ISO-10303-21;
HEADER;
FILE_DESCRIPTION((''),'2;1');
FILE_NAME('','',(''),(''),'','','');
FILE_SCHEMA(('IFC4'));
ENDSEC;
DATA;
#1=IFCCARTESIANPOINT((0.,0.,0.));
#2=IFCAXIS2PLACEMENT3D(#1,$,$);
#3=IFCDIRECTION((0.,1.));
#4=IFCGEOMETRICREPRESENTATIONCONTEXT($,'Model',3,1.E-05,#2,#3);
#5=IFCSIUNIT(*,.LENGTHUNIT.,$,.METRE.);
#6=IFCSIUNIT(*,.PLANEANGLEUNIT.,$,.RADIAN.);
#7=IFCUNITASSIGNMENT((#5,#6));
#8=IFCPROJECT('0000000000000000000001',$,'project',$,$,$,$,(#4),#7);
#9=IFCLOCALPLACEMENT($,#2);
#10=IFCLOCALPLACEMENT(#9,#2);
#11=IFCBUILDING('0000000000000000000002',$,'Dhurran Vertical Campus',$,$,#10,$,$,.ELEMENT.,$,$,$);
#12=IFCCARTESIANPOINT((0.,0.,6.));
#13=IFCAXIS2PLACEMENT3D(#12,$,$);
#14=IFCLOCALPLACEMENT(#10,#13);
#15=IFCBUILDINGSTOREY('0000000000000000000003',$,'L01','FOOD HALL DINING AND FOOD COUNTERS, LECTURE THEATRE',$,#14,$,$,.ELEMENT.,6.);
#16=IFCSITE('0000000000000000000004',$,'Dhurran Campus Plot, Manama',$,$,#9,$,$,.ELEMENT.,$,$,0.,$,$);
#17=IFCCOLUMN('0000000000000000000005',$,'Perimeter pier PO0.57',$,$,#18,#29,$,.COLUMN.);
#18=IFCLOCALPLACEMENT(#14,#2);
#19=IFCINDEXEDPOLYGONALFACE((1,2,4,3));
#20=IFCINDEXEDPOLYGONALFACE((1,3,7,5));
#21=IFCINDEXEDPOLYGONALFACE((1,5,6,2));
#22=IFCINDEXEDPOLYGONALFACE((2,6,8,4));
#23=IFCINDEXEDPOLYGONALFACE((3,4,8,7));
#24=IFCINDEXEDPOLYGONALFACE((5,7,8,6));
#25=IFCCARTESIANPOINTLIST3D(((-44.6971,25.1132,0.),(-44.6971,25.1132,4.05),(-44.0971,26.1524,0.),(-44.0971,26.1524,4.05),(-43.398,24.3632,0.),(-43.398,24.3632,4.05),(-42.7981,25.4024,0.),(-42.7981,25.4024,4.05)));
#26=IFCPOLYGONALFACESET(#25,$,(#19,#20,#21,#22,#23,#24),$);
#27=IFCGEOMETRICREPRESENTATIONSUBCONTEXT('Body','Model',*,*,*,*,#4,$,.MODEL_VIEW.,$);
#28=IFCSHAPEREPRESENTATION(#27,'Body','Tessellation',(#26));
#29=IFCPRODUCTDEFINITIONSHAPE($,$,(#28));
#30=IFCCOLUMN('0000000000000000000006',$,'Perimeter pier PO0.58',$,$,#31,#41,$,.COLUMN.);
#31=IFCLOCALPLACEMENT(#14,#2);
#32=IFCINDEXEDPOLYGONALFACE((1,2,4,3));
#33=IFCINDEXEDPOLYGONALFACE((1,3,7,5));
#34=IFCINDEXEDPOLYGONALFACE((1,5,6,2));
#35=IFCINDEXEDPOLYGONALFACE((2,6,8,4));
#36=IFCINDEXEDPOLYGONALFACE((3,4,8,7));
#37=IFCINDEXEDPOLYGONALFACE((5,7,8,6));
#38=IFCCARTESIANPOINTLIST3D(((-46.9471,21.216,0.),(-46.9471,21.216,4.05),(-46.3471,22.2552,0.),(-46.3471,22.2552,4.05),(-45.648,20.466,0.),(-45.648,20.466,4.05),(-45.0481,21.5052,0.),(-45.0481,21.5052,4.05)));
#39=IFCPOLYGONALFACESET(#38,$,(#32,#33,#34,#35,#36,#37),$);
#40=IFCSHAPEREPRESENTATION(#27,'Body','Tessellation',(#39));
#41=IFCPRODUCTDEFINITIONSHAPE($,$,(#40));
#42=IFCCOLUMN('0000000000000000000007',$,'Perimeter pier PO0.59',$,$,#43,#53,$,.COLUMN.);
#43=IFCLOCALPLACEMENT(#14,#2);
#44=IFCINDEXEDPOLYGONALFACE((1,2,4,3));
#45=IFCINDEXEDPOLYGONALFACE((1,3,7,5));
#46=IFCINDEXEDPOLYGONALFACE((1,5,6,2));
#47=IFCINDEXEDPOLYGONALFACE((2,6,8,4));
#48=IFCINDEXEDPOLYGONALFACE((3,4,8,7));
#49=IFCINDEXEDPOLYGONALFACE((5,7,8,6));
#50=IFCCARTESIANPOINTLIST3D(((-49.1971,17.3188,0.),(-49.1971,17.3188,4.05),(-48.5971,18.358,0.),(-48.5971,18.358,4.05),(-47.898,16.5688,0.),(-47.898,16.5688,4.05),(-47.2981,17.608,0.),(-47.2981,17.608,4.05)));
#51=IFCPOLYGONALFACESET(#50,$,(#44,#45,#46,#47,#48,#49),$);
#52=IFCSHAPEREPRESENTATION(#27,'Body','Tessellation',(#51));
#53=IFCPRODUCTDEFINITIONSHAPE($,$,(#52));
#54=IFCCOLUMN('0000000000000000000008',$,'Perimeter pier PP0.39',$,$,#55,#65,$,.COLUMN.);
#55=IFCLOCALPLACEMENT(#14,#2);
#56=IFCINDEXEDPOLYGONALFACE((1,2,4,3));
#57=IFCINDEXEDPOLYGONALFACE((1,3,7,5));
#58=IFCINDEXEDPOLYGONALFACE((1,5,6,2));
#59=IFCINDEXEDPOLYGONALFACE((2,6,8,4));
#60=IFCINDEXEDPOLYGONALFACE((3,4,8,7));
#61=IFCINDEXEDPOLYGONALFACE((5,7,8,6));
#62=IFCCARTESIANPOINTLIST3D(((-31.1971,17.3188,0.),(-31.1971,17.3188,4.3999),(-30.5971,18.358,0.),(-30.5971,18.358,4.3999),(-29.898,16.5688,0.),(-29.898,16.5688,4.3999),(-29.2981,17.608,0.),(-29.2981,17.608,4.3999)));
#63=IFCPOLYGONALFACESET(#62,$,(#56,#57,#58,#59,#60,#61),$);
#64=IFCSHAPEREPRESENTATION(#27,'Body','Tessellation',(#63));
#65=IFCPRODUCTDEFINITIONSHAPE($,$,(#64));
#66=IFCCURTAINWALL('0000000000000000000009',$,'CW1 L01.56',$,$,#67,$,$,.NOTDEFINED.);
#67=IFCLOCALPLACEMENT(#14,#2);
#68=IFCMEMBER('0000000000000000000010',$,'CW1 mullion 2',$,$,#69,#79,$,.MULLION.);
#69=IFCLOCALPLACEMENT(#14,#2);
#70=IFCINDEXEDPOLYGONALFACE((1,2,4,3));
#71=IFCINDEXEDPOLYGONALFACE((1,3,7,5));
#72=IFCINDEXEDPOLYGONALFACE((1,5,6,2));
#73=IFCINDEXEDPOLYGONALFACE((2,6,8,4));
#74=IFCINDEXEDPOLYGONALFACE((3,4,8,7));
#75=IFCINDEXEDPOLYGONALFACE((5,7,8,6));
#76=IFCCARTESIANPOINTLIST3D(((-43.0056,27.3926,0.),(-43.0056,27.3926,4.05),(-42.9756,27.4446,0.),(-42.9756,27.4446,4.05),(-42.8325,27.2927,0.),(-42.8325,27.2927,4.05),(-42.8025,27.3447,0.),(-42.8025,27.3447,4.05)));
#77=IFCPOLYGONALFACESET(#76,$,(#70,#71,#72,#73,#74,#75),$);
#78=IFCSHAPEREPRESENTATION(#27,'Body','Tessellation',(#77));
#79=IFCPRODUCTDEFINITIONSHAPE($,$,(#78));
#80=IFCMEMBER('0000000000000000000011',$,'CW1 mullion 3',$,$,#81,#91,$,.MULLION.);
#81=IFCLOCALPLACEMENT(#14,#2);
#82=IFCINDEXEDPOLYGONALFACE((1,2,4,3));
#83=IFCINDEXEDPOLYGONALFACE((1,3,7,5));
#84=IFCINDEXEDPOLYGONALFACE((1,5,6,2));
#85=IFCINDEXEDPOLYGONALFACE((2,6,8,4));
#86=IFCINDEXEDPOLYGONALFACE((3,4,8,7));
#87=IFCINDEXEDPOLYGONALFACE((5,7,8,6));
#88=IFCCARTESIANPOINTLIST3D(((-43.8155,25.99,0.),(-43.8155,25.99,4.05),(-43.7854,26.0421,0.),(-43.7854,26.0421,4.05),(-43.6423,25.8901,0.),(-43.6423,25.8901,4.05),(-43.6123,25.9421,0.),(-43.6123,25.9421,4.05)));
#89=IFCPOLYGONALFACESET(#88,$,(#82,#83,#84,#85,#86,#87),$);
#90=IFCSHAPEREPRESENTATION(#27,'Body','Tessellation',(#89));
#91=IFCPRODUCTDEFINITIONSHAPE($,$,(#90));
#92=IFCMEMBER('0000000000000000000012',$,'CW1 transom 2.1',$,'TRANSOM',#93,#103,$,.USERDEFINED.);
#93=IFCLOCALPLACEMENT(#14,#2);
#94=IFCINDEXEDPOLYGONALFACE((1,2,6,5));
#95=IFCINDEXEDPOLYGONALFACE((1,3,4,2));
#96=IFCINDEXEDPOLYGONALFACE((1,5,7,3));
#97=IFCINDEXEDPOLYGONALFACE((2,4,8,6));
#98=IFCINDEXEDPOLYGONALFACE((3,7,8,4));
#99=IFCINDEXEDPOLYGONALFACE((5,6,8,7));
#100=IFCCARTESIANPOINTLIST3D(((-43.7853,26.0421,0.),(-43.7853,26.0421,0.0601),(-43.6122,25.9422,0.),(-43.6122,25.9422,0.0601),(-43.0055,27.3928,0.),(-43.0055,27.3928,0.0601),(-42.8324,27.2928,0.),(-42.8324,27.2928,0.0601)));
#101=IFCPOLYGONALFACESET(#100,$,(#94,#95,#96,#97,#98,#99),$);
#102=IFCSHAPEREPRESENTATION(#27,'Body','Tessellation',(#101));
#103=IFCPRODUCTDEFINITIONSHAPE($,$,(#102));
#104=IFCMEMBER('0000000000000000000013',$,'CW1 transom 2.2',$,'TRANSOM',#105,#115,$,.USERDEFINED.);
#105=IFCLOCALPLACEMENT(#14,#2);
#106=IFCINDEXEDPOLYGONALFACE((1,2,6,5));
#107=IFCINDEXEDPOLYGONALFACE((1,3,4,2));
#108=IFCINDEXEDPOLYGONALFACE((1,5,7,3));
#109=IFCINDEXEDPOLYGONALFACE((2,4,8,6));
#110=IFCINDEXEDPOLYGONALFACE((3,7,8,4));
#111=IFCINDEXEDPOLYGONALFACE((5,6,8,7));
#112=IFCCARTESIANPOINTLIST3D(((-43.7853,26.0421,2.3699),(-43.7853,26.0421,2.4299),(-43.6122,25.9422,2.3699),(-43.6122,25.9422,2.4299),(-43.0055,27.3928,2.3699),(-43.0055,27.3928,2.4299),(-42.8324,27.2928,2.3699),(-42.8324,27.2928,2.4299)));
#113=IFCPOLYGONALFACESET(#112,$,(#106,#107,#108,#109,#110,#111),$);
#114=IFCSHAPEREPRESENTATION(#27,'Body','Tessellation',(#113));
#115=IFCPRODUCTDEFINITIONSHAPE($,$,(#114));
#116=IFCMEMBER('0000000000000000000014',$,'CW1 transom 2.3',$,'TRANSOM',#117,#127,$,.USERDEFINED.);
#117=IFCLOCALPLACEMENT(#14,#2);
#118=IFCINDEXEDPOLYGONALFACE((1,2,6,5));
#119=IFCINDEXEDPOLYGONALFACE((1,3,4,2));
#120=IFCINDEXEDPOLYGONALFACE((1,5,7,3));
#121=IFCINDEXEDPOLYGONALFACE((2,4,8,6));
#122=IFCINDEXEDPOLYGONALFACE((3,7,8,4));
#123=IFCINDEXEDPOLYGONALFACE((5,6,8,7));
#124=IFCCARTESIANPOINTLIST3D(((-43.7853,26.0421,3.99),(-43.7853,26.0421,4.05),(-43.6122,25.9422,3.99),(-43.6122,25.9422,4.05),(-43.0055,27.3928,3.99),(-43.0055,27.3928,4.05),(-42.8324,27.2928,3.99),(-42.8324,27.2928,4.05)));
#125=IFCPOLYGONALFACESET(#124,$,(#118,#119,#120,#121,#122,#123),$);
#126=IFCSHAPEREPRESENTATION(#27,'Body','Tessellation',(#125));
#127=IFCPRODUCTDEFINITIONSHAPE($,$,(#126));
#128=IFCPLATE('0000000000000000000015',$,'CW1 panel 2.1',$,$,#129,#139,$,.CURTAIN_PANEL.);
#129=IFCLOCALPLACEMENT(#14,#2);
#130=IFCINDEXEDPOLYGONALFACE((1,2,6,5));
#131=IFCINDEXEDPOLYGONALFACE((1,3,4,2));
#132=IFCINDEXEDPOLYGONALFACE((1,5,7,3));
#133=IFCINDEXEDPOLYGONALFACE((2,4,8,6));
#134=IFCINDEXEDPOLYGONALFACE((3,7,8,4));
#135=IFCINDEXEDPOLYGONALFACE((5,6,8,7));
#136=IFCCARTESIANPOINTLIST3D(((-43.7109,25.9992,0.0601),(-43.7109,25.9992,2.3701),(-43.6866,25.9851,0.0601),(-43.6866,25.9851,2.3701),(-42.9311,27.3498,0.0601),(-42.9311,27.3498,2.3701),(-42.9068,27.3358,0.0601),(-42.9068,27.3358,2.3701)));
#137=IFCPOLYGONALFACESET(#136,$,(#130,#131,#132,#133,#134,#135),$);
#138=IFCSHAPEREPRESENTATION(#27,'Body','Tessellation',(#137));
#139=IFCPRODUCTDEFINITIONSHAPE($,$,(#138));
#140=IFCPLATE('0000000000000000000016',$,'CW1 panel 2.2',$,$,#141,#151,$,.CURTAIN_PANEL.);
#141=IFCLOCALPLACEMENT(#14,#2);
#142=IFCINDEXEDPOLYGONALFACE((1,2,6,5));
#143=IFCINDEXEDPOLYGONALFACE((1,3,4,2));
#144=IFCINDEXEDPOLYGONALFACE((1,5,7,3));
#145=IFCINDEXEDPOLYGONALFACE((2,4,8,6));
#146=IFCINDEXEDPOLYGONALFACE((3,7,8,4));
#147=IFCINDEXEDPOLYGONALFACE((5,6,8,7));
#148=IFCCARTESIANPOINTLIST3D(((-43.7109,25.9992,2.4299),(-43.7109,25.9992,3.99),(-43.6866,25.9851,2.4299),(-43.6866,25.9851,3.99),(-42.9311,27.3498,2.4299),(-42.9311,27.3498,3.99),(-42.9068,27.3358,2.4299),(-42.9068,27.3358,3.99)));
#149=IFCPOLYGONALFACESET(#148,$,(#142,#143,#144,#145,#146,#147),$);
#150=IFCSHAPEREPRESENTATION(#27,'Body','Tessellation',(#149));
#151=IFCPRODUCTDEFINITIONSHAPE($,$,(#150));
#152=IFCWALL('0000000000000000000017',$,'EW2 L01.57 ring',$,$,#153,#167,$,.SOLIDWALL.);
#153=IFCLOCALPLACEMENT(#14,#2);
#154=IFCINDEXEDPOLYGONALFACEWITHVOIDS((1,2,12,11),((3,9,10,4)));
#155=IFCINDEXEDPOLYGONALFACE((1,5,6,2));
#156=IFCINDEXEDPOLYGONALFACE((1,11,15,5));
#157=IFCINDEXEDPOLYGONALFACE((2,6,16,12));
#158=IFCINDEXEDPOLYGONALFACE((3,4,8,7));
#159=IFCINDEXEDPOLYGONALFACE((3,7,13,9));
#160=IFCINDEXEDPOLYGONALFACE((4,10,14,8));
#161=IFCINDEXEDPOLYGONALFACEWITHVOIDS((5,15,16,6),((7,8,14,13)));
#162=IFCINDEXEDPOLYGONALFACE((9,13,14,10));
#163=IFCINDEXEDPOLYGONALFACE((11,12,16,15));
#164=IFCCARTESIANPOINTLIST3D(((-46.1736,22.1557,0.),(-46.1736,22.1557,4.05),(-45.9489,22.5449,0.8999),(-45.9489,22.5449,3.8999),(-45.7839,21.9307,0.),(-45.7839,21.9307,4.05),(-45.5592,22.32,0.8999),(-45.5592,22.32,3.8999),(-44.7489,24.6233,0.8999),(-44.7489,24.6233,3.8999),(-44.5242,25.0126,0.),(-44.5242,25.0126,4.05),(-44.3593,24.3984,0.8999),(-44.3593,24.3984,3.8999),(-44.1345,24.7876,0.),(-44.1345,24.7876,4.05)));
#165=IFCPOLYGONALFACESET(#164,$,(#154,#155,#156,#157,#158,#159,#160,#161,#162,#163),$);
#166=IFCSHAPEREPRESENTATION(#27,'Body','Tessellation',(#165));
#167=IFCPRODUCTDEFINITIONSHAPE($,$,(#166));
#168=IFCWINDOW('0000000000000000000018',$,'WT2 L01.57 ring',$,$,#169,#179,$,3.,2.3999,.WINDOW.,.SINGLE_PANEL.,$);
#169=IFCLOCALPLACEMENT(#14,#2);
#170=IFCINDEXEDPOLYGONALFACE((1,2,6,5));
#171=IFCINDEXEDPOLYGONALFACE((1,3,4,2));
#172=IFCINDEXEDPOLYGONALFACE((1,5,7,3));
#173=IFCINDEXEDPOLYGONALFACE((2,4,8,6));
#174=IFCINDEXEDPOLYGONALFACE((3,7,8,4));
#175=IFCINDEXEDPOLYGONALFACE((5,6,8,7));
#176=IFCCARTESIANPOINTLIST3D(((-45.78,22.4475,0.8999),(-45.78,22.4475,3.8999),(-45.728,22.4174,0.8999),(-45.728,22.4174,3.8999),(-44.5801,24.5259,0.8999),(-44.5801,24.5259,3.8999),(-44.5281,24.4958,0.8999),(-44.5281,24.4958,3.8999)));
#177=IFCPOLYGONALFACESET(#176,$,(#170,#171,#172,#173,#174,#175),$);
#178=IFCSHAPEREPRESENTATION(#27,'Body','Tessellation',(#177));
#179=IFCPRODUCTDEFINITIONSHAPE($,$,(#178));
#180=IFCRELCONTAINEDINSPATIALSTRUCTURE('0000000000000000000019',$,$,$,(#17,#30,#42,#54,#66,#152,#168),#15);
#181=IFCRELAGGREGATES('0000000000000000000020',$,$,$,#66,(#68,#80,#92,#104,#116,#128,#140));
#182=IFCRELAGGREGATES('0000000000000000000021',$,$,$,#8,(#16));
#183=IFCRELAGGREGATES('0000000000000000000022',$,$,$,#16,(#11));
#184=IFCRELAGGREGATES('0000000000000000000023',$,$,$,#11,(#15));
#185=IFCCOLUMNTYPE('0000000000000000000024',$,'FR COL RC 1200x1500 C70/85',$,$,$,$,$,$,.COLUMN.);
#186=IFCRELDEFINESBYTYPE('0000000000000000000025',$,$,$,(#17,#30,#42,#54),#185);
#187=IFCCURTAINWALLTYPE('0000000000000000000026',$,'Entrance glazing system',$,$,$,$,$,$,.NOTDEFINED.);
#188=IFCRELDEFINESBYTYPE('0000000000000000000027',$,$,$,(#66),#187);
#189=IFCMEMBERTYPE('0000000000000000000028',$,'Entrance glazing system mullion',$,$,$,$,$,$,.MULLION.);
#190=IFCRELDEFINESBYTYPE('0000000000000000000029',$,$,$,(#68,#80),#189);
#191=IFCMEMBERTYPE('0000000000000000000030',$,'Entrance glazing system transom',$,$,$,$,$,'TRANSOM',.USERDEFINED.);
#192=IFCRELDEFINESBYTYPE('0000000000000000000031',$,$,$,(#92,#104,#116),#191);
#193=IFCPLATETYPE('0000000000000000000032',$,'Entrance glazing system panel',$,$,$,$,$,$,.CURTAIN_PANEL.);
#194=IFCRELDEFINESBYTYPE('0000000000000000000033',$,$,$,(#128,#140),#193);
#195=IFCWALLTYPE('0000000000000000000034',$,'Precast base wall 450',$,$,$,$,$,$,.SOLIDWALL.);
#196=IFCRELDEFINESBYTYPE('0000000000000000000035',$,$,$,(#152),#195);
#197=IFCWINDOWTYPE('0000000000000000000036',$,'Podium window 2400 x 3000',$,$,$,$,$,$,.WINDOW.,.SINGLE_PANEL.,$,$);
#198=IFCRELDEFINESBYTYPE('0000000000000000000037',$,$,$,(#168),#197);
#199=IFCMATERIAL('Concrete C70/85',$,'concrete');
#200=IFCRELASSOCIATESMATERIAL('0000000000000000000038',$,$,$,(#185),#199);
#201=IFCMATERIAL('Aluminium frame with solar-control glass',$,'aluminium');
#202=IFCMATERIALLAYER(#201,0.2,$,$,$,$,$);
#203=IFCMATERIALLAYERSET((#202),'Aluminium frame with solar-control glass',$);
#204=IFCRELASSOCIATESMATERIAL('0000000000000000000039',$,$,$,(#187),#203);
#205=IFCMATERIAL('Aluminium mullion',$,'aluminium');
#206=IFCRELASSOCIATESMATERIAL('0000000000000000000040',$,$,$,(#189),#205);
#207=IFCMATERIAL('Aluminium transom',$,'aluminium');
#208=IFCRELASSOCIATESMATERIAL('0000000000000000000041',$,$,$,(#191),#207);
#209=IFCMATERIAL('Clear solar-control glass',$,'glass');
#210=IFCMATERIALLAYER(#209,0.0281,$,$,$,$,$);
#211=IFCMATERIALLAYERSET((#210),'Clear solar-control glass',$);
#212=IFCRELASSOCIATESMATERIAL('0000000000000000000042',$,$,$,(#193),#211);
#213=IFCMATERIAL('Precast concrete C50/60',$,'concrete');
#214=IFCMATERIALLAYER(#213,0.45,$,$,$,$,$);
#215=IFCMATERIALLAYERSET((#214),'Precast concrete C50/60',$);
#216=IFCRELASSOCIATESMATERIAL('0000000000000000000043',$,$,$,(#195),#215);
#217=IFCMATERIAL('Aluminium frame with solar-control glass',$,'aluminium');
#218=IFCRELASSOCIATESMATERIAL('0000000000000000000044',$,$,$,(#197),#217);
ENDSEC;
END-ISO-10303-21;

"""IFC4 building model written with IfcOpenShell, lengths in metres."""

from ifc_helpers import new_model, si_unit, direction, frame, frame_2d, origin, origin_2d, place, context, subcontext, project, spatial, rectangle, extrude, material, layer, layer_set, material_profile, profile_set, type_object, element, fill, aggregate, save


model = new_model("IFC4")

# Units and contexts
model_context = context("Model", 3, precision=1e-05, world=origin(), true_north=direction((0.0, 1.0)))
body_context = subcontext(model_context, "Body", "Model", "MODEL_VIEW")
ifc_project = project(units=[si_unit("LENGTHUNIT", "METRE"), si_unit("PLANEANGLEUNIT", "RADIAN")], contexts=[model_context])

# Site, building, storey
site_placement = place(None, origin())
site = spatial("IfcSite", under=ifc_project, at=site_placement, Name="Dhurran Campus Plot, Manama", CompositionType="ELEMENT", RefElevation=0.0)
building_placement = place(site_placement, origin())
building = spatial("IfcBuilding", under=site, at=building_placement, Name="Dhurran Vertical Campus", CompositionType="ELEMENT")
storey_placement = place(building_placement, frame((0.0, 0.0, 6.0)))
storey = spatial("IfcBuildingStorey", under=building, at=storey_placement, Name="L01", Description="FOOD HALL DINING AND FOOD COUNTERS, LECTURE THEATRE", CompositionType="ELEMENT", Elevation=6.0)

# Columns
ifc_material_1 = material(Name="Concrete C70/85", Category="concrete")
ifc_material_profile_1 = material_profile(ifc_material_1, rectangle(XDim=1.2, YDim=1.5, at=origin_2d()), Name="RC 1200x1500")
ifc_profile_set_1 = profile_set([ifc_material_profile_1], Name="Concrete C70/85")
column_type = type_object("IfcColumnType", Name="FR COL RC 1200x1500 C70/85", PredefinedType="COLUMN", material=ifc_profile_set_1)
for number, where, z_axis, x_axis, name in (
    (1, (-43.7476, 25.2578, 0.0), (0.0, 0.0, 1.0), (-0.5, -0.866025, 0.0), "Perimeter pier PO0.57"),
    (2, (-45.9976, 21.3606, 0.0), (0.0, 0.0, 1.0), (-0.5, -0.866025, 0.0), "Perimeter pier PO0.58"),
    (3, (-48.2476, 17.4634, 0.0), (0.0, 0.0, 1.0), (-0.5, -0.866025, 0.0), "Perimeter pier PO0.59"),
):
    element("IfcColumn", number, at=place(storey_placement, frame(where, z_axis=z_axis, x_axis=x_axis)), inside=storey, type_object=column_type, Name=name, PredefinedType="COLUMN", context=body_context, shape_type="SweptSolid", body=[
        extrude(rectangle(XDim=1.2, YDim=1.5, at=origin_2d()), origin(), (0.0, 0.0, 1.0), 4.05),
    ])
column_placement = place(storey_placement, frame((-30.2476, 17.4634, 0.0), z_axis=(0.0, 0.0, 1.0), x_axis=(-0.5, -0.866025, 0.0)))
element("IfcColumn", 4, at=column_placement, inside=storey, type_object=column_type, Name="Perimeter pier PP0.39", PredefinedType="COLUMN", context=body_context, shape_type="SweptSolid", body=[
    extrude(rectangle(XDim=1.2, YDim=1.5, at=origin_2d()), origin(), (0.0, 0.0, 1.0), 4.3999),
])

# Curtain wall, members, plates
ifc_material_2 = material(Name="Aluminium frame with solar-control glass", Category="aluminium")
ifc_layer_1 = layer(ifc_material_2, 0.2)
ifc_layer_set_1 = layer_set([ifc_layer_1], Name="Aluminium frame with solar-control glass")
curtain_wall_type = type_object("IfcCurtainWallType", Name="Entrance glazing system", PredefinedType="NOTDEFINED", material=ifc_layer_set_1)
curtain_wall_placement = place(storey_placement, origin())
curtain_wall = element("IfcCurtainWall", 5, at=curtain_wall_placement, inside=storey, type_object=curtain_wall_type, Name="CW1 L01.56", PredefinedType="NOTDEFINED")
ifc_material_3 = material(Name="Aluminium mullion", Category="aluminium")
ifc_material_profile_2 = material_profile(ifc_material_3, rectangle(XDim=0.2, YDim=0.0601, at=origin_2d()), Name="Entrance glazing system mullion")
ifc_profile_set_2 = profile_set([ifc_material_profile_2], Name="Aluminium mullion")
member_type_1 = type_object("IfcMemberType", Name="Entrance glazing system mullion", PredefinedType="MULLION", material=ifc_profile_set_2)
member_1_placement = place(storey_placement, frame((-42.9041, 27.3687, 0.0), z_axis=(0.0, 0.0, 1.0), x_axis=(0.866032, -0.499989, 0.0)))
member_1 = element("IfcMember", 6, at=member_1_placement, type_object=member_type_1, Name="CW1 mullion 2", PredefinedType="MULLION", context=body_context, shape_type="SweptSolid", body=[
    extrude(rectangle(XDim=0.2, YDim=0.0601, at=origin_2d()), origin(), (0.0, 0.0, 1.0), 4.05),
])
member_2_placement = place(storey_placement, frame((-43.7139, 25.9661, 0.0), z_axis=(0.0, 0.0, 1.0), x_axis=(0.866032, -0.499989, 0.0)))
member_2 = element("IfcMember", 7, at=member_2_placement, type_object=member_type_1, Name="CW1 mullion 3", PredefinedType="MULLION", context=body_context, shape_type="SweptSolid", body=[
    extrude(rectangle(XDim=0.2, YDim=0.0601, at=origin_2d()), origin(), (0.0, 0.0, 1.0), 4.05),
])
ifc_material_4 = material(Name="Aluminium transom", Category="aluminium")
ifc_material_profile_3 = material_profile(ifc_material_4, rectangle(XDim=0.2, YDim=0.0601, at=origin_2d()), Name="Entrance glazing system transom")
ifc_profile_set_3 = profile_set([ifc_material_profile_3], Name="Aluminium transom")
member_type_2 = type_object("IfcMemberType", Name="Entrance glazing system transom", ElementType="TRANSOM", PredefinedType="USERDEFINED", material=ifc_profile_set_3)
member_3_placement = place(storey_placement, frame((-42.9189, 27.3428, 0.03), z_axis=(-0.500012, -0.866019, 0.0), x_axis=(0.866019, -0.500012, 0.0)))
member_3 = element("IfcMember", 8, at=member_3_placement, type_object=member_type_2, Name="CW1 transom 2.1", ObjectType="TRANSOM", PredefinedType="USERDEFINED", context=body_context, shape_type="SweptSolid", body=[
    extrude(rectangle(XDim=0.2, YDim=0.0601, at=origin_2d()), origin(), (0.0, 0.0, 1.0), 1.5596),
])
member_4_placement = place(storey_placement, frame((-42.9189, 27.3428, 2.3999), z_axis=(-0.500012, -0.866019, 0.0), x_axis=(0.866019, -0.500012, 0.0)))
member_4 = element("IfcMember", 9, at=member_4_placement, type_object=member_type_2, Name="CW1 transom 2.2", ObjectType="TRANSOM", PredefinedType="USERDEFINED", context=body_context, shape_type="SweptSolid", body=[
    extrude(rectangle(XDim=0.2, YDim=0.0601, at=origin_2d()), origin(), (0.0, 0.0, 1.0), 1.5596),
])
member_5_placement = place(storey_placement, frame((-42.9189, 27.3428, 4.02), z_axis=(-0.500012, -0.866019, 0.0), x_axis=(0.866019, -0.500012, 0.0)))
member_5 = element("IfcMember", 10, at=member_5_placement, type_object=member_type_2, Name="CW1 transom 2.3", ObjectType="TRANSOM", PredefinedType="USERDEFINED", context=body_context, shape_type="SweptSolid", body=[
    extrude(rectangle(XDim=0.2, YDim=0.0601, at=origin_2d()), origin(), (0.0, 0.0, 1.0), 1.5596),
])
ifc_material_5 = material(Name="Clear solar-control glass", Category="glass")
ifc_layer_2 = layer(ifc_material_5, 0.0281)
ifc_layer_set_2 = layer_set([ifc_layer_2], Name="Clear solar-control glass")
plate_type = type_object("IfcPlateType", Name="Entrance glazing system panel", PredefinedType="CURTAIN_PANEL", material=ifc_layer_set_2)
plate_1_placement = place(storey_placement, frame((-43.3088, 26.6675, 0.0601), z_axis=(0.0, 0.0, 1.0), x_axis=(-0.499989, -0.866032, 0.0)))
plate_1 = element("IfcPlate", 11, at=plate_1_placement, type_object=plate_type, Name="CW1 panel 2.1", PredefinedType="CURTAIN_PANEL", context=body_context, shape_type="SweptSolid", body=[
    extrude(rectangle(XDim=1.5596, YDim=0.0281, at=origin_2d()), origin(), (0.0, 0.0, 1.0), 2.3101),
])
plate_2_placement = place(storey_placement, frame((-43.3088, 26.6675, 2.4299), z_axis=(0.0, 0.0, 1.0), x_axis=(-0.499989, -0.866032, 0.0)))
plate_2 = element("IfcPlate", 12, at=plate_2_placement, type_object=plate_type, Name="CW1 panel 2.2", PredefinedType="CURTAIN_PANEL", context=body_context, shape_type="SweptSolid", body=[
    extrude(rectangle(XDim=1.5596, YDim=0.0281, at=origin_2d()), origin(), (0.0, 0.0, 1.0), 1.5601),
])
aggregate(curtain_wall, [member_1, member_2, member_3, member_4, member_5, plate_1, plate_2])

# Wall, opening, window
ifc_material_6 = material(Name="Precast concrete C50/60", Category="concrete")
ifc_layer_3 = layer(ifc_material_6, 0.45)
ifc_layer_set_3 = layer_set([ifc_layer_3], Name="Precast concrete C50/60")
wall_type_1 = type_object("IfcWallType", Name="Precast base wall 450", PredefinedType="SOLIDWALL", material=ifc_layer_set_3)
wall_1_placement = place(storey_placement, frame((-45.9788, 22.0432, 0.0), z_axis=(0.0, 0.0, 1.0), x_axis=(0.499992, 0.86603, 0.0)))
wall_1 = element("IfcWall", 13, at=wall_1_placement, inside=storey, type_object=wall_type_1, Name="EW2 L01.57 ring", PredefinedType="SOLIDWALL", context=body_context, shape_type="SweptSolid", body=[
    extrude(rectangle(XDim=3.2988, YDim=0.45, at=frame_2d((1.6494, 0.0))), origin(), (0.0, 0.0, 1.0), 4.05),
])
opening_1_placement = place(wall_1_placement, frame((0.4495, 0.0, 0.8999)))
opening_1 = element("IfcOpeningElement", 14, at=opening_1_placement, cuts=wall_1, PredefinedType="OPENING", context=body_context, shape_type="SweptSolid", body=[
    extrude(rectangle(XDim=2.3999, YDim=3.0, at=frame_2d((1.2, 1.5))), frame((0.0, 0.2349, 0.0), z_axis=(0.0, -1.0, 0.0), x_axis=(1.0, 0.0, 0.0)), (0.0, 0.0, 1.0), 0.47),
])
ifc_material_7 = material(Name="Aluminium frame with solar-control glass", Category="aluminium")
window_type = type_object("IfcWindowType", Name="Podium window 2400 x 3000", PartitioningType="SINGLE_PANEL", PredefinedType="WINDOW", material=ifc_material_7)
window_1_placement = place(opening_1_placement, origin())
window_1 = element("IfcWindow", 15, at=window_1_placement, inside=storey, type_object=window_type, Name="WT2 L01.57 ring", OverallHeight=3.0, OverallWidth=2.3999, PartitioningType="SINGLE_PANEL", PredefinedType="WINDOW", context=body_context, shape_type="SweptSolid", body=[
    extrude(rectangle(XDim=2.3999, YDim=3.0, at=frame_2d((1.2, 1.5))), frame((0.0, 0.03, 0.0), z_axis=(0.0, -1.0, 0.0), x_axis=(1.0, 0.0, 0.0)), (0.0, 0.0, 1.0), 0.0601),
])
fill(opening_1, window_1)

save(model, "model.ifc")
